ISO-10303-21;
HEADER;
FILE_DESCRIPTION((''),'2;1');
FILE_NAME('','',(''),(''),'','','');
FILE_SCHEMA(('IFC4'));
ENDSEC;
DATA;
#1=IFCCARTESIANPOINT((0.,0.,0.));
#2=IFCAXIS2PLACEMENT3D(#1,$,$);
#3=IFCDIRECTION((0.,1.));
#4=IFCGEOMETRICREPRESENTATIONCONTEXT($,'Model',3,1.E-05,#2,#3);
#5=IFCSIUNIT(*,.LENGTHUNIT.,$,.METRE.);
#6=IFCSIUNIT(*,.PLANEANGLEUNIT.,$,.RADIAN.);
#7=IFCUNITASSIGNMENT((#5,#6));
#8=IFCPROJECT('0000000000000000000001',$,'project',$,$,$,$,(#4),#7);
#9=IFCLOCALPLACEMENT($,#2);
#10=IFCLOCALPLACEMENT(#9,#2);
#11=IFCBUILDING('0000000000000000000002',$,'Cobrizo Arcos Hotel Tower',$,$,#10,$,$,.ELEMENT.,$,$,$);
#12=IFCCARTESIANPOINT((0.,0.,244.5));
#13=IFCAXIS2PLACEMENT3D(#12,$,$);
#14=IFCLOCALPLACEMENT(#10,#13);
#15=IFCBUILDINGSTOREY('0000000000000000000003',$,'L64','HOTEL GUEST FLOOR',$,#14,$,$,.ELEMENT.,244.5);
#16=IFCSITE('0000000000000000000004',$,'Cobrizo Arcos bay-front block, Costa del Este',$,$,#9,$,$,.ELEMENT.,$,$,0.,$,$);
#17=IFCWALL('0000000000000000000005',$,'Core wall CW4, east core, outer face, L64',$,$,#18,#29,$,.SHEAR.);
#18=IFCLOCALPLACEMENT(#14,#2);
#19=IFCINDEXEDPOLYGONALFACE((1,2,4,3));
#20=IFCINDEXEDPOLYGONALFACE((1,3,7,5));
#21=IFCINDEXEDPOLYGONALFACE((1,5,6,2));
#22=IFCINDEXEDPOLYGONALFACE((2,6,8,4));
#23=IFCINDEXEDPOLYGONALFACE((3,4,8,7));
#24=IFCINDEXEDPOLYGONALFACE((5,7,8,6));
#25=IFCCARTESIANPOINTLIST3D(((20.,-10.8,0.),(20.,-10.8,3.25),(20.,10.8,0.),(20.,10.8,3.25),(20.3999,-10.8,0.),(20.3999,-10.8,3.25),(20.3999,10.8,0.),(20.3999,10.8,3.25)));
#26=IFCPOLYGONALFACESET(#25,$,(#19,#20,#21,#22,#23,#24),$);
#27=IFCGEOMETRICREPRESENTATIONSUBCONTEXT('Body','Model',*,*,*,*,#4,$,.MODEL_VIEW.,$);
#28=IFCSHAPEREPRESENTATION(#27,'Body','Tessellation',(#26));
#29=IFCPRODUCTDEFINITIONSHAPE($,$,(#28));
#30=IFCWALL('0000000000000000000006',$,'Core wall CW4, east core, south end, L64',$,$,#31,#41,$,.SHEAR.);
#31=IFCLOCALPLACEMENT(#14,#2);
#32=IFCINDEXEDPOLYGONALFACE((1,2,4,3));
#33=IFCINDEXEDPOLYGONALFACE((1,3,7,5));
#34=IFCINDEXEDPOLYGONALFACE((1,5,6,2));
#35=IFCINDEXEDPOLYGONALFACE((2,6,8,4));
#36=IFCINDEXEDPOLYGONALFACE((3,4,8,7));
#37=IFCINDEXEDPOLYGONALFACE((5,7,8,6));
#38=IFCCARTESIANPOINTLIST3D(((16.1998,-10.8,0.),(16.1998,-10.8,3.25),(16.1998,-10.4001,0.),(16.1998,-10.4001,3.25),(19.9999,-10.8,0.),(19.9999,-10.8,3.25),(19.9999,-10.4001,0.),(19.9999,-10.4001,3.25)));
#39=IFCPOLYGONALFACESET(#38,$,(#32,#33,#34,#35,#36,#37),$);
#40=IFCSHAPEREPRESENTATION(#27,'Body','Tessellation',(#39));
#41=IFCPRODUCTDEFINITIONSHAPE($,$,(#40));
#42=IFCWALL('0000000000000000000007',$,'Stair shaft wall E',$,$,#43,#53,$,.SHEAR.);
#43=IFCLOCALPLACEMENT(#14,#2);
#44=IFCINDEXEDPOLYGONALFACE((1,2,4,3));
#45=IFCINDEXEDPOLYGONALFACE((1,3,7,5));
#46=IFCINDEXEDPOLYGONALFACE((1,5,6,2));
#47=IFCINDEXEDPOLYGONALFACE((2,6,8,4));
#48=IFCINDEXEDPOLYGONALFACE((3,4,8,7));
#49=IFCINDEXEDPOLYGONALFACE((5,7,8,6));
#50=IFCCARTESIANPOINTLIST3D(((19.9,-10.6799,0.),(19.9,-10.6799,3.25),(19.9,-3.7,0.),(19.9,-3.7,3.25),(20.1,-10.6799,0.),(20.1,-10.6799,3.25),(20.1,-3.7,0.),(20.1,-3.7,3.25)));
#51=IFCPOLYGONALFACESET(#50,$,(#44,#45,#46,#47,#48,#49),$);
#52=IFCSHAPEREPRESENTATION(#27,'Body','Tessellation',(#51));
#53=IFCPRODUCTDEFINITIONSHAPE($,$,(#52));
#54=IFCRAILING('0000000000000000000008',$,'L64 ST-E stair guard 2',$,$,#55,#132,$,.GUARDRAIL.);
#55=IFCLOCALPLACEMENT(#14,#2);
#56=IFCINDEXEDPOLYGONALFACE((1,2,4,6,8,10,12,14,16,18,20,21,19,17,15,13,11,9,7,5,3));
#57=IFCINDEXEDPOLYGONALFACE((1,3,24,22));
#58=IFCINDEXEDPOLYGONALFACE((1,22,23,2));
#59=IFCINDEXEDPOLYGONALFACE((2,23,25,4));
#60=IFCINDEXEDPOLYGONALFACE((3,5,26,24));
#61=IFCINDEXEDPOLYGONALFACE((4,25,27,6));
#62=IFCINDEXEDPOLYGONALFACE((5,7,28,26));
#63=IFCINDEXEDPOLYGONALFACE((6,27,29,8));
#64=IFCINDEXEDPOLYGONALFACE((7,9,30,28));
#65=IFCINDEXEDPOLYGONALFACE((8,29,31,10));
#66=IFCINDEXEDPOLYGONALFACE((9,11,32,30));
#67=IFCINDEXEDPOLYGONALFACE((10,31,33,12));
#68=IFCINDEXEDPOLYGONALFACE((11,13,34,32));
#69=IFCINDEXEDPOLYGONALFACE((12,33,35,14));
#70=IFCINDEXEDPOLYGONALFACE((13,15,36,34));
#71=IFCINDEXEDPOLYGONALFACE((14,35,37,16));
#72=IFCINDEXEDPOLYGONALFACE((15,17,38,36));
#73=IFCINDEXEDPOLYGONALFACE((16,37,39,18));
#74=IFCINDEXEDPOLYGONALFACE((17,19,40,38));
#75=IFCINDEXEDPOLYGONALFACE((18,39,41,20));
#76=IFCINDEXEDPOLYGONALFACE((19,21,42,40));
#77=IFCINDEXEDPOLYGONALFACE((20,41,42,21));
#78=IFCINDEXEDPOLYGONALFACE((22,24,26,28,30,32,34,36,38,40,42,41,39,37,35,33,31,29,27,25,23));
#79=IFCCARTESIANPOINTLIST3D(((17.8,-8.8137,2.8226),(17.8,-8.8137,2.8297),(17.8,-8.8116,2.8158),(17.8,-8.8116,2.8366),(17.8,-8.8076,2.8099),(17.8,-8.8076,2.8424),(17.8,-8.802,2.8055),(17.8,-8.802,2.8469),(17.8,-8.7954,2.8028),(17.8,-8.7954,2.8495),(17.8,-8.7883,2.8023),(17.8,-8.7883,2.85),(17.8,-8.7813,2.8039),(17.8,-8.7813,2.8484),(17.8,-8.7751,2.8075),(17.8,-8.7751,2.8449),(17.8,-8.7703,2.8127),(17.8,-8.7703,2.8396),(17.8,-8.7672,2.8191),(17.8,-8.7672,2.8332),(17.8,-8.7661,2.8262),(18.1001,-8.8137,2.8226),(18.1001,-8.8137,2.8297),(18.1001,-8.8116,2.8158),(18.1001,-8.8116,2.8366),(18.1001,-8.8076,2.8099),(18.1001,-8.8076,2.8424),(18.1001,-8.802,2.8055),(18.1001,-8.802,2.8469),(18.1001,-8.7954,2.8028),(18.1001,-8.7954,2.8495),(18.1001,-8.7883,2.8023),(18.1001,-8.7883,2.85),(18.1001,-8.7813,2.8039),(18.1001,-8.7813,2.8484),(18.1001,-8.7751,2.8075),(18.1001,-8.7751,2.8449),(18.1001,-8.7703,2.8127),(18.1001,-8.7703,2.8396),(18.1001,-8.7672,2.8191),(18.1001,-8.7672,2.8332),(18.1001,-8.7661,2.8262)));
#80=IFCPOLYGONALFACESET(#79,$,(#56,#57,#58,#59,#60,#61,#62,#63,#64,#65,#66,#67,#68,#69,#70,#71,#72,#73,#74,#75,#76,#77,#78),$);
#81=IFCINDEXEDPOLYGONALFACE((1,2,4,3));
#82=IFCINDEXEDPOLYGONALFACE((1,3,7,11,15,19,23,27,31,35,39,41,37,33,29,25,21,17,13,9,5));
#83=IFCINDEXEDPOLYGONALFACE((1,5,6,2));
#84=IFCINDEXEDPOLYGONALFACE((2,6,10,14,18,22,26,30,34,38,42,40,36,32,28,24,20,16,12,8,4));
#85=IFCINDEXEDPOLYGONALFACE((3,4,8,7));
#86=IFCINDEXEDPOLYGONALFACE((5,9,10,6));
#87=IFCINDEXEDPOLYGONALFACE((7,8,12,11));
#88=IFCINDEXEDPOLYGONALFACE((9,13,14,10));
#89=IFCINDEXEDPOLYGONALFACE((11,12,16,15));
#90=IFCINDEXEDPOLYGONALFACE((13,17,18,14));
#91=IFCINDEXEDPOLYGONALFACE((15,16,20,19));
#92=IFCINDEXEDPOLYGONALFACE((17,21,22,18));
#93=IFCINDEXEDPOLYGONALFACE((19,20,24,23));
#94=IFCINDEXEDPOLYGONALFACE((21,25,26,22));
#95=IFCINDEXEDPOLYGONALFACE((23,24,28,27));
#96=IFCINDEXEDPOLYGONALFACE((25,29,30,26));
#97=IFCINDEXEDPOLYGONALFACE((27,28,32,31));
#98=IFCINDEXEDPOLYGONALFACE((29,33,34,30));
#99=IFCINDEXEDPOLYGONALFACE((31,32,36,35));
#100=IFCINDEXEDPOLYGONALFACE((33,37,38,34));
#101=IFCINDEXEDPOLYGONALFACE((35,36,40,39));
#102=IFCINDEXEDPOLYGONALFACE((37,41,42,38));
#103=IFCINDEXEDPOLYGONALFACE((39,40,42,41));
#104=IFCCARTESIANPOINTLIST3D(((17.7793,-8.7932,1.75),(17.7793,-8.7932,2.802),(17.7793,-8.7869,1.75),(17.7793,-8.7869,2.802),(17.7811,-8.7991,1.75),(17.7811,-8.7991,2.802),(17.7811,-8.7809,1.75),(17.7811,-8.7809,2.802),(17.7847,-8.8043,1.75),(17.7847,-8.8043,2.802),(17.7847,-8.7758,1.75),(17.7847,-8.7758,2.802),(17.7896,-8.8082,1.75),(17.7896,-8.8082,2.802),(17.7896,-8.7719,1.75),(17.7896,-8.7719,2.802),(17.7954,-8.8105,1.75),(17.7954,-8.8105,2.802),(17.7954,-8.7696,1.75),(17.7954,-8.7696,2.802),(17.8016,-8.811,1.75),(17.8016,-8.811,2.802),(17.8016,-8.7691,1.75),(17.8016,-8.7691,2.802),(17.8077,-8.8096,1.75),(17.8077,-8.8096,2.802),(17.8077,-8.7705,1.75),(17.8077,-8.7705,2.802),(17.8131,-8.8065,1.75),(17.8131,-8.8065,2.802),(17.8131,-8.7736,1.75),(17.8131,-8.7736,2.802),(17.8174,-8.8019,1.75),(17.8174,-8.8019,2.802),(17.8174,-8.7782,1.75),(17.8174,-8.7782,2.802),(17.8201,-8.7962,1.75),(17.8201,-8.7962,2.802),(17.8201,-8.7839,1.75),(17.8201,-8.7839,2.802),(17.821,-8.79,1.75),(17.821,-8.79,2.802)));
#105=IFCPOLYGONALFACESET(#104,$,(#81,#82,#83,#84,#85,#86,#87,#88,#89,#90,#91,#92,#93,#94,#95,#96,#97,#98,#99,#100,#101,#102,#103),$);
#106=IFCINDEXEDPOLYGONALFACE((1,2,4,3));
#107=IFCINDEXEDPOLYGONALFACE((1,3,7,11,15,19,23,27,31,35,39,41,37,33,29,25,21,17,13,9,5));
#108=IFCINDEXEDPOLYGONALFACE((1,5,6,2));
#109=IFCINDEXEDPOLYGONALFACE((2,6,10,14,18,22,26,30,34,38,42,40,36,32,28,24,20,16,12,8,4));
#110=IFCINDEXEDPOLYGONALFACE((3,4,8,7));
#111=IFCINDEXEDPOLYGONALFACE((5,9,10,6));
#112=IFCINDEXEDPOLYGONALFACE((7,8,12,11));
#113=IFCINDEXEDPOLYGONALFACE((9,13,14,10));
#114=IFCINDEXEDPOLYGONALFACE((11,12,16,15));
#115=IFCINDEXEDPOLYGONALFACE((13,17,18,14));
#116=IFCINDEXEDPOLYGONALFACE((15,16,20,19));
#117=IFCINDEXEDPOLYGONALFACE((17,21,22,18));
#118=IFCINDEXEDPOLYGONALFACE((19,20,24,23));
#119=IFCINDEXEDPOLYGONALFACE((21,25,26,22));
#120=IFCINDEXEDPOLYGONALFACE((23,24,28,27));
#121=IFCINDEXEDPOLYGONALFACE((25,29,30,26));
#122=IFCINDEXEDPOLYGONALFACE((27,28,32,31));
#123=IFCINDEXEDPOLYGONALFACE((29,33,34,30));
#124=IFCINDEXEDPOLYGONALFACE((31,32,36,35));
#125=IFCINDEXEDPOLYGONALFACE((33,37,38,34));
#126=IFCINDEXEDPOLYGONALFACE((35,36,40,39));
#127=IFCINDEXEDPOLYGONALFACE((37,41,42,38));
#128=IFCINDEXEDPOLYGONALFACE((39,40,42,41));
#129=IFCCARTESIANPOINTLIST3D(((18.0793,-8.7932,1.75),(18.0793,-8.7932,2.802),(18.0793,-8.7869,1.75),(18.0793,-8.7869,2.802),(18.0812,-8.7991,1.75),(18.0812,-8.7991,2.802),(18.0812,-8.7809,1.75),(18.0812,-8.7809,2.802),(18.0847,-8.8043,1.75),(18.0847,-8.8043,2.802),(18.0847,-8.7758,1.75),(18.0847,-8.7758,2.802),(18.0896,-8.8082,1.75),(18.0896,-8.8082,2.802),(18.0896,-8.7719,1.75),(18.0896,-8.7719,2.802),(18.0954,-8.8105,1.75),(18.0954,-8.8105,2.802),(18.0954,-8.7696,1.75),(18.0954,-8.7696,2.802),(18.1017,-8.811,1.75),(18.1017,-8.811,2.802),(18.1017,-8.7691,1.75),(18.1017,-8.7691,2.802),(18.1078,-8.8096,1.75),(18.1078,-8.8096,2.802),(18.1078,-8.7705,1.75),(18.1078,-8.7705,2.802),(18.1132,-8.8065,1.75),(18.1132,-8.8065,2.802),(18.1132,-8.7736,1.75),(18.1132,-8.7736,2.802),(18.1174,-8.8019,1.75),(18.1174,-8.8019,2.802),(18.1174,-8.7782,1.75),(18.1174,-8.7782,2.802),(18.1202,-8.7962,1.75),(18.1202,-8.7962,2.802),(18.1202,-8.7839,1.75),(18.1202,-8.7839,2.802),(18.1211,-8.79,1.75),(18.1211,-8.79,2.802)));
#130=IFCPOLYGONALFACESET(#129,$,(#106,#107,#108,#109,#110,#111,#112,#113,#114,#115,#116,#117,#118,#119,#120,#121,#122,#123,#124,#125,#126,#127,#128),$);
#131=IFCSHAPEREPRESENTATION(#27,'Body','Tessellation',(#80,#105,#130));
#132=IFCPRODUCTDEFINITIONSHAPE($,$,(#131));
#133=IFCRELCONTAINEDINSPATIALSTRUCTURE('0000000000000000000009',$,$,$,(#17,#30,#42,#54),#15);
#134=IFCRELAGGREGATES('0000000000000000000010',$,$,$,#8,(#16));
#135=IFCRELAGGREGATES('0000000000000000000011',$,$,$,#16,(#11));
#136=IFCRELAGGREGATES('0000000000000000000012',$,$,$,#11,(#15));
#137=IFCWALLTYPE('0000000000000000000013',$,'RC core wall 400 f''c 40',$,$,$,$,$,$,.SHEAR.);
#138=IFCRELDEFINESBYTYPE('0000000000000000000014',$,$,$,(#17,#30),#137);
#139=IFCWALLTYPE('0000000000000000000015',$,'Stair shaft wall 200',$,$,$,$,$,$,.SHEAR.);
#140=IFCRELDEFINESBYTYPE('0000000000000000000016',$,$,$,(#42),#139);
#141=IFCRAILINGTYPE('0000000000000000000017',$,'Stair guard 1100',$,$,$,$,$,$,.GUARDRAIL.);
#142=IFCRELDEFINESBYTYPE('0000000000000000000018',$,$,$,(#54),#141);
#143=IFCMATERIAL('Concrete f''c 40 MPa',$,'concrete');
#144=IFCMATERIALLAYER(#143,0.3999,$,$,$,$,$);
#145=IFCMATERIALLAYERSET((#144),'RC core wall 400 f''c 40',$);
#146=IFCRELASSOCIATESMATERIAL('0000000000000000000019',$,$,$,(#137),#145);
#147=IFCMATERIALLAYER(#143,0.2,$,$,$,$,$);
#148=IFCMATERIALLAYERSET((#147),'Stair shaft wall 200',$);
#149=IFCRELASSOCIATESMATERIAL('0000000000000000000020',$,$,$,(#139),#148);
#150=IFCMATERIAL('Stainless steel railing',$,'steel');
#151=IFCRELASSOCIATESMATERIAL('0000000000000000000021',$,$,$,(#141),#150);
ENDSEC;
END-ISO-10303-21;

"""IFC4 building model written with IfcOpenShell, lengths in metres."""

from ifc_helpers import new_model, si_unit, direction, frame, frame_2d, origin, origin_2d, place, context, subcontext, project, spatial, rectangle, circle, extrude, material, layer, layer_set, type_object, element, save


model = new_model("IFC4")

# Units and contexts
model_context = context("Model", 3, precision=1e-05, world=origin(), true_north=direction((0.0, 1.0)))
body_context = subcontext(model_context, "Body", "Model", "MODEL_VIEW")
ifc_project = project(units=[si_unit("LENGTHUNIT", "METRE"), si_unit("PLANEANGLEUNIT", "RADIAN")], contexts=[model_context])

# Site, building, storey
site_placement = place(None, origin())
site = spatial("IfcSite", under=ifc_project, at=site_placement, Name="Cobrizo Arcos bay-front block, Costa del Este", CompositionType="ELEMENT", RefElevation=0.0)
building_placement = place(site_placement, origin())
building = spatial("IfcBuilding", under=site, at=building_placement, Name="Cobrizo Arcos Hotel Tower", CompositionType="ELEMENT")
storey_placement = place(building_placement, frame((0.0, 0.0, 244.5)))
storey = spatial("IfcBuildingStorey", under=building, at=storey_placement, Name="L64", Description="HOTEL GUEST FLOOR", CompositionType="ELEMENT", Elevation=244.5)

# Shared definitions
ifc_material_1 = material(Name="Concrete f'c 40 MPa", Category="concrete")
ifc_layer_1 = layer(ifc_material_1, 0.3999)
ifc_layer_set_1 = layer_set([ifc_layer_1], Name="RC core wall 400 f'c 40")
wall_type_1 = type_object("IfcWallType", Name="RC core wall 400 f'c 40", PredefinedType="SHEAR", material=ifc_layer_set_1)

# Walls
wall_1_placement = place(storey_placement, frame((20.2, -10.8, 0.0), z_axis=(0.0, 0.0, 1.0), x_axis=(0.0, 1.0, 0.0)))
element("IfcWall", 1, at=wall_1_placement, inside=storey, type_object=wall_type_1, Name="Core wall CW4, east core, outer face, L64", PredefinedType="SHEAR", context=body_context, shape_type="SweptSolid", body=[
    extrude(rectangle(XDim=21.6001, YDim=0.3999, at=frame_2d((10.8, 0.0))), origin(), (0.0, 0.0, 1.0), 3.25),
])
wall_2_placement = place(storey_placement, frame((16.2, -10.6001, 0.0), z_axis=(0.0, 0.0, 1.0), x_axis=(1.0, 0.0, 0.0)))
element("IfcWall", 2, at=wall_2_placement, inside=storey, type_object=wall_type_1, Name="Core wall CW4, east core, south end, L64", PredefinedType="SHEAR", context=body_context, shape_type="SweptSolid", body=[
    extrude(rectangle(XDim=3.8, YDim=0.3999, at=frame_2d((1.8999, 0.0))), origin(), (0.0, 0.0, 1.0), 3.25),
])
ifc_layer_2 = layer(ifc_material_1, 0.2)
ifc_layer_set_2 = layer_set([ifc_layer_2], Name="Stair shaft wall 200")
wall_type_2 = type_object("IfcWallType", Name="Stair shaft wall 200", PredefinedType="SHEAR", material=ifc_layer_set_2)
wall_3_placement = place(storey_placement, frame((20.0, -10.6799, 0.0), z_axis=(0.0, 0.0, 1.0), x_axis=(0.0, 1.0, 0.0)))
element("IfcWall", 3, at=wall_3_placement, inside=storey, type_object=wall_type_2, Name="Stair shaft wall E", PredefinedType="SHEAR", context=body_context, shape_type="SweptSolid", body=[
    extrude(rectangle(XDim=6.98, YDim=0.2, at=frame_2d((3.49, 0.0))), origin(), (0.0, 0.0, 1.0), 3.25),
])

# Railing
ifc_material_2 = material(Name="Stainless steel railing", Category="steel")
railing_type = type_object("IfcRailingType", Name="Stair guard 1100", PredefinedType="GUARDRAIL", material=ifc_material_2)
railing_1_placement = place(storey_placement, frame((17.8, -8.79, 1.75)))
element("IfcRailing", 4, at=railing_1_placement, inside=storey, type_object=railing_type, Name="L64 ST-E stair guard 2", PredefinedType="GUARDRAIL", context=body_context, shape_type="SweptSolid", body=[
    extrude(circle(Radius=0.0239, at=origin_2d()), frame((0.0, 0.0, 1.0762), z_axis=(1.0, 0.0, 0.0), x_axis=(0.0, 1.0, 0.0)), (0.0, 0.0, 1.0), 0.3),
    extrude(circle(Radius=0.021, at=origin_2d()), origin(), (0.0, 0.0, 1.0), 1.052),
    extrude(circle(Radius=0.021, at=origin_2d()), frame((0.3, 0.0, 0.0)), (0.0, 0.0, 1.0), 1.052),
])

save(model, "model.ifc")
